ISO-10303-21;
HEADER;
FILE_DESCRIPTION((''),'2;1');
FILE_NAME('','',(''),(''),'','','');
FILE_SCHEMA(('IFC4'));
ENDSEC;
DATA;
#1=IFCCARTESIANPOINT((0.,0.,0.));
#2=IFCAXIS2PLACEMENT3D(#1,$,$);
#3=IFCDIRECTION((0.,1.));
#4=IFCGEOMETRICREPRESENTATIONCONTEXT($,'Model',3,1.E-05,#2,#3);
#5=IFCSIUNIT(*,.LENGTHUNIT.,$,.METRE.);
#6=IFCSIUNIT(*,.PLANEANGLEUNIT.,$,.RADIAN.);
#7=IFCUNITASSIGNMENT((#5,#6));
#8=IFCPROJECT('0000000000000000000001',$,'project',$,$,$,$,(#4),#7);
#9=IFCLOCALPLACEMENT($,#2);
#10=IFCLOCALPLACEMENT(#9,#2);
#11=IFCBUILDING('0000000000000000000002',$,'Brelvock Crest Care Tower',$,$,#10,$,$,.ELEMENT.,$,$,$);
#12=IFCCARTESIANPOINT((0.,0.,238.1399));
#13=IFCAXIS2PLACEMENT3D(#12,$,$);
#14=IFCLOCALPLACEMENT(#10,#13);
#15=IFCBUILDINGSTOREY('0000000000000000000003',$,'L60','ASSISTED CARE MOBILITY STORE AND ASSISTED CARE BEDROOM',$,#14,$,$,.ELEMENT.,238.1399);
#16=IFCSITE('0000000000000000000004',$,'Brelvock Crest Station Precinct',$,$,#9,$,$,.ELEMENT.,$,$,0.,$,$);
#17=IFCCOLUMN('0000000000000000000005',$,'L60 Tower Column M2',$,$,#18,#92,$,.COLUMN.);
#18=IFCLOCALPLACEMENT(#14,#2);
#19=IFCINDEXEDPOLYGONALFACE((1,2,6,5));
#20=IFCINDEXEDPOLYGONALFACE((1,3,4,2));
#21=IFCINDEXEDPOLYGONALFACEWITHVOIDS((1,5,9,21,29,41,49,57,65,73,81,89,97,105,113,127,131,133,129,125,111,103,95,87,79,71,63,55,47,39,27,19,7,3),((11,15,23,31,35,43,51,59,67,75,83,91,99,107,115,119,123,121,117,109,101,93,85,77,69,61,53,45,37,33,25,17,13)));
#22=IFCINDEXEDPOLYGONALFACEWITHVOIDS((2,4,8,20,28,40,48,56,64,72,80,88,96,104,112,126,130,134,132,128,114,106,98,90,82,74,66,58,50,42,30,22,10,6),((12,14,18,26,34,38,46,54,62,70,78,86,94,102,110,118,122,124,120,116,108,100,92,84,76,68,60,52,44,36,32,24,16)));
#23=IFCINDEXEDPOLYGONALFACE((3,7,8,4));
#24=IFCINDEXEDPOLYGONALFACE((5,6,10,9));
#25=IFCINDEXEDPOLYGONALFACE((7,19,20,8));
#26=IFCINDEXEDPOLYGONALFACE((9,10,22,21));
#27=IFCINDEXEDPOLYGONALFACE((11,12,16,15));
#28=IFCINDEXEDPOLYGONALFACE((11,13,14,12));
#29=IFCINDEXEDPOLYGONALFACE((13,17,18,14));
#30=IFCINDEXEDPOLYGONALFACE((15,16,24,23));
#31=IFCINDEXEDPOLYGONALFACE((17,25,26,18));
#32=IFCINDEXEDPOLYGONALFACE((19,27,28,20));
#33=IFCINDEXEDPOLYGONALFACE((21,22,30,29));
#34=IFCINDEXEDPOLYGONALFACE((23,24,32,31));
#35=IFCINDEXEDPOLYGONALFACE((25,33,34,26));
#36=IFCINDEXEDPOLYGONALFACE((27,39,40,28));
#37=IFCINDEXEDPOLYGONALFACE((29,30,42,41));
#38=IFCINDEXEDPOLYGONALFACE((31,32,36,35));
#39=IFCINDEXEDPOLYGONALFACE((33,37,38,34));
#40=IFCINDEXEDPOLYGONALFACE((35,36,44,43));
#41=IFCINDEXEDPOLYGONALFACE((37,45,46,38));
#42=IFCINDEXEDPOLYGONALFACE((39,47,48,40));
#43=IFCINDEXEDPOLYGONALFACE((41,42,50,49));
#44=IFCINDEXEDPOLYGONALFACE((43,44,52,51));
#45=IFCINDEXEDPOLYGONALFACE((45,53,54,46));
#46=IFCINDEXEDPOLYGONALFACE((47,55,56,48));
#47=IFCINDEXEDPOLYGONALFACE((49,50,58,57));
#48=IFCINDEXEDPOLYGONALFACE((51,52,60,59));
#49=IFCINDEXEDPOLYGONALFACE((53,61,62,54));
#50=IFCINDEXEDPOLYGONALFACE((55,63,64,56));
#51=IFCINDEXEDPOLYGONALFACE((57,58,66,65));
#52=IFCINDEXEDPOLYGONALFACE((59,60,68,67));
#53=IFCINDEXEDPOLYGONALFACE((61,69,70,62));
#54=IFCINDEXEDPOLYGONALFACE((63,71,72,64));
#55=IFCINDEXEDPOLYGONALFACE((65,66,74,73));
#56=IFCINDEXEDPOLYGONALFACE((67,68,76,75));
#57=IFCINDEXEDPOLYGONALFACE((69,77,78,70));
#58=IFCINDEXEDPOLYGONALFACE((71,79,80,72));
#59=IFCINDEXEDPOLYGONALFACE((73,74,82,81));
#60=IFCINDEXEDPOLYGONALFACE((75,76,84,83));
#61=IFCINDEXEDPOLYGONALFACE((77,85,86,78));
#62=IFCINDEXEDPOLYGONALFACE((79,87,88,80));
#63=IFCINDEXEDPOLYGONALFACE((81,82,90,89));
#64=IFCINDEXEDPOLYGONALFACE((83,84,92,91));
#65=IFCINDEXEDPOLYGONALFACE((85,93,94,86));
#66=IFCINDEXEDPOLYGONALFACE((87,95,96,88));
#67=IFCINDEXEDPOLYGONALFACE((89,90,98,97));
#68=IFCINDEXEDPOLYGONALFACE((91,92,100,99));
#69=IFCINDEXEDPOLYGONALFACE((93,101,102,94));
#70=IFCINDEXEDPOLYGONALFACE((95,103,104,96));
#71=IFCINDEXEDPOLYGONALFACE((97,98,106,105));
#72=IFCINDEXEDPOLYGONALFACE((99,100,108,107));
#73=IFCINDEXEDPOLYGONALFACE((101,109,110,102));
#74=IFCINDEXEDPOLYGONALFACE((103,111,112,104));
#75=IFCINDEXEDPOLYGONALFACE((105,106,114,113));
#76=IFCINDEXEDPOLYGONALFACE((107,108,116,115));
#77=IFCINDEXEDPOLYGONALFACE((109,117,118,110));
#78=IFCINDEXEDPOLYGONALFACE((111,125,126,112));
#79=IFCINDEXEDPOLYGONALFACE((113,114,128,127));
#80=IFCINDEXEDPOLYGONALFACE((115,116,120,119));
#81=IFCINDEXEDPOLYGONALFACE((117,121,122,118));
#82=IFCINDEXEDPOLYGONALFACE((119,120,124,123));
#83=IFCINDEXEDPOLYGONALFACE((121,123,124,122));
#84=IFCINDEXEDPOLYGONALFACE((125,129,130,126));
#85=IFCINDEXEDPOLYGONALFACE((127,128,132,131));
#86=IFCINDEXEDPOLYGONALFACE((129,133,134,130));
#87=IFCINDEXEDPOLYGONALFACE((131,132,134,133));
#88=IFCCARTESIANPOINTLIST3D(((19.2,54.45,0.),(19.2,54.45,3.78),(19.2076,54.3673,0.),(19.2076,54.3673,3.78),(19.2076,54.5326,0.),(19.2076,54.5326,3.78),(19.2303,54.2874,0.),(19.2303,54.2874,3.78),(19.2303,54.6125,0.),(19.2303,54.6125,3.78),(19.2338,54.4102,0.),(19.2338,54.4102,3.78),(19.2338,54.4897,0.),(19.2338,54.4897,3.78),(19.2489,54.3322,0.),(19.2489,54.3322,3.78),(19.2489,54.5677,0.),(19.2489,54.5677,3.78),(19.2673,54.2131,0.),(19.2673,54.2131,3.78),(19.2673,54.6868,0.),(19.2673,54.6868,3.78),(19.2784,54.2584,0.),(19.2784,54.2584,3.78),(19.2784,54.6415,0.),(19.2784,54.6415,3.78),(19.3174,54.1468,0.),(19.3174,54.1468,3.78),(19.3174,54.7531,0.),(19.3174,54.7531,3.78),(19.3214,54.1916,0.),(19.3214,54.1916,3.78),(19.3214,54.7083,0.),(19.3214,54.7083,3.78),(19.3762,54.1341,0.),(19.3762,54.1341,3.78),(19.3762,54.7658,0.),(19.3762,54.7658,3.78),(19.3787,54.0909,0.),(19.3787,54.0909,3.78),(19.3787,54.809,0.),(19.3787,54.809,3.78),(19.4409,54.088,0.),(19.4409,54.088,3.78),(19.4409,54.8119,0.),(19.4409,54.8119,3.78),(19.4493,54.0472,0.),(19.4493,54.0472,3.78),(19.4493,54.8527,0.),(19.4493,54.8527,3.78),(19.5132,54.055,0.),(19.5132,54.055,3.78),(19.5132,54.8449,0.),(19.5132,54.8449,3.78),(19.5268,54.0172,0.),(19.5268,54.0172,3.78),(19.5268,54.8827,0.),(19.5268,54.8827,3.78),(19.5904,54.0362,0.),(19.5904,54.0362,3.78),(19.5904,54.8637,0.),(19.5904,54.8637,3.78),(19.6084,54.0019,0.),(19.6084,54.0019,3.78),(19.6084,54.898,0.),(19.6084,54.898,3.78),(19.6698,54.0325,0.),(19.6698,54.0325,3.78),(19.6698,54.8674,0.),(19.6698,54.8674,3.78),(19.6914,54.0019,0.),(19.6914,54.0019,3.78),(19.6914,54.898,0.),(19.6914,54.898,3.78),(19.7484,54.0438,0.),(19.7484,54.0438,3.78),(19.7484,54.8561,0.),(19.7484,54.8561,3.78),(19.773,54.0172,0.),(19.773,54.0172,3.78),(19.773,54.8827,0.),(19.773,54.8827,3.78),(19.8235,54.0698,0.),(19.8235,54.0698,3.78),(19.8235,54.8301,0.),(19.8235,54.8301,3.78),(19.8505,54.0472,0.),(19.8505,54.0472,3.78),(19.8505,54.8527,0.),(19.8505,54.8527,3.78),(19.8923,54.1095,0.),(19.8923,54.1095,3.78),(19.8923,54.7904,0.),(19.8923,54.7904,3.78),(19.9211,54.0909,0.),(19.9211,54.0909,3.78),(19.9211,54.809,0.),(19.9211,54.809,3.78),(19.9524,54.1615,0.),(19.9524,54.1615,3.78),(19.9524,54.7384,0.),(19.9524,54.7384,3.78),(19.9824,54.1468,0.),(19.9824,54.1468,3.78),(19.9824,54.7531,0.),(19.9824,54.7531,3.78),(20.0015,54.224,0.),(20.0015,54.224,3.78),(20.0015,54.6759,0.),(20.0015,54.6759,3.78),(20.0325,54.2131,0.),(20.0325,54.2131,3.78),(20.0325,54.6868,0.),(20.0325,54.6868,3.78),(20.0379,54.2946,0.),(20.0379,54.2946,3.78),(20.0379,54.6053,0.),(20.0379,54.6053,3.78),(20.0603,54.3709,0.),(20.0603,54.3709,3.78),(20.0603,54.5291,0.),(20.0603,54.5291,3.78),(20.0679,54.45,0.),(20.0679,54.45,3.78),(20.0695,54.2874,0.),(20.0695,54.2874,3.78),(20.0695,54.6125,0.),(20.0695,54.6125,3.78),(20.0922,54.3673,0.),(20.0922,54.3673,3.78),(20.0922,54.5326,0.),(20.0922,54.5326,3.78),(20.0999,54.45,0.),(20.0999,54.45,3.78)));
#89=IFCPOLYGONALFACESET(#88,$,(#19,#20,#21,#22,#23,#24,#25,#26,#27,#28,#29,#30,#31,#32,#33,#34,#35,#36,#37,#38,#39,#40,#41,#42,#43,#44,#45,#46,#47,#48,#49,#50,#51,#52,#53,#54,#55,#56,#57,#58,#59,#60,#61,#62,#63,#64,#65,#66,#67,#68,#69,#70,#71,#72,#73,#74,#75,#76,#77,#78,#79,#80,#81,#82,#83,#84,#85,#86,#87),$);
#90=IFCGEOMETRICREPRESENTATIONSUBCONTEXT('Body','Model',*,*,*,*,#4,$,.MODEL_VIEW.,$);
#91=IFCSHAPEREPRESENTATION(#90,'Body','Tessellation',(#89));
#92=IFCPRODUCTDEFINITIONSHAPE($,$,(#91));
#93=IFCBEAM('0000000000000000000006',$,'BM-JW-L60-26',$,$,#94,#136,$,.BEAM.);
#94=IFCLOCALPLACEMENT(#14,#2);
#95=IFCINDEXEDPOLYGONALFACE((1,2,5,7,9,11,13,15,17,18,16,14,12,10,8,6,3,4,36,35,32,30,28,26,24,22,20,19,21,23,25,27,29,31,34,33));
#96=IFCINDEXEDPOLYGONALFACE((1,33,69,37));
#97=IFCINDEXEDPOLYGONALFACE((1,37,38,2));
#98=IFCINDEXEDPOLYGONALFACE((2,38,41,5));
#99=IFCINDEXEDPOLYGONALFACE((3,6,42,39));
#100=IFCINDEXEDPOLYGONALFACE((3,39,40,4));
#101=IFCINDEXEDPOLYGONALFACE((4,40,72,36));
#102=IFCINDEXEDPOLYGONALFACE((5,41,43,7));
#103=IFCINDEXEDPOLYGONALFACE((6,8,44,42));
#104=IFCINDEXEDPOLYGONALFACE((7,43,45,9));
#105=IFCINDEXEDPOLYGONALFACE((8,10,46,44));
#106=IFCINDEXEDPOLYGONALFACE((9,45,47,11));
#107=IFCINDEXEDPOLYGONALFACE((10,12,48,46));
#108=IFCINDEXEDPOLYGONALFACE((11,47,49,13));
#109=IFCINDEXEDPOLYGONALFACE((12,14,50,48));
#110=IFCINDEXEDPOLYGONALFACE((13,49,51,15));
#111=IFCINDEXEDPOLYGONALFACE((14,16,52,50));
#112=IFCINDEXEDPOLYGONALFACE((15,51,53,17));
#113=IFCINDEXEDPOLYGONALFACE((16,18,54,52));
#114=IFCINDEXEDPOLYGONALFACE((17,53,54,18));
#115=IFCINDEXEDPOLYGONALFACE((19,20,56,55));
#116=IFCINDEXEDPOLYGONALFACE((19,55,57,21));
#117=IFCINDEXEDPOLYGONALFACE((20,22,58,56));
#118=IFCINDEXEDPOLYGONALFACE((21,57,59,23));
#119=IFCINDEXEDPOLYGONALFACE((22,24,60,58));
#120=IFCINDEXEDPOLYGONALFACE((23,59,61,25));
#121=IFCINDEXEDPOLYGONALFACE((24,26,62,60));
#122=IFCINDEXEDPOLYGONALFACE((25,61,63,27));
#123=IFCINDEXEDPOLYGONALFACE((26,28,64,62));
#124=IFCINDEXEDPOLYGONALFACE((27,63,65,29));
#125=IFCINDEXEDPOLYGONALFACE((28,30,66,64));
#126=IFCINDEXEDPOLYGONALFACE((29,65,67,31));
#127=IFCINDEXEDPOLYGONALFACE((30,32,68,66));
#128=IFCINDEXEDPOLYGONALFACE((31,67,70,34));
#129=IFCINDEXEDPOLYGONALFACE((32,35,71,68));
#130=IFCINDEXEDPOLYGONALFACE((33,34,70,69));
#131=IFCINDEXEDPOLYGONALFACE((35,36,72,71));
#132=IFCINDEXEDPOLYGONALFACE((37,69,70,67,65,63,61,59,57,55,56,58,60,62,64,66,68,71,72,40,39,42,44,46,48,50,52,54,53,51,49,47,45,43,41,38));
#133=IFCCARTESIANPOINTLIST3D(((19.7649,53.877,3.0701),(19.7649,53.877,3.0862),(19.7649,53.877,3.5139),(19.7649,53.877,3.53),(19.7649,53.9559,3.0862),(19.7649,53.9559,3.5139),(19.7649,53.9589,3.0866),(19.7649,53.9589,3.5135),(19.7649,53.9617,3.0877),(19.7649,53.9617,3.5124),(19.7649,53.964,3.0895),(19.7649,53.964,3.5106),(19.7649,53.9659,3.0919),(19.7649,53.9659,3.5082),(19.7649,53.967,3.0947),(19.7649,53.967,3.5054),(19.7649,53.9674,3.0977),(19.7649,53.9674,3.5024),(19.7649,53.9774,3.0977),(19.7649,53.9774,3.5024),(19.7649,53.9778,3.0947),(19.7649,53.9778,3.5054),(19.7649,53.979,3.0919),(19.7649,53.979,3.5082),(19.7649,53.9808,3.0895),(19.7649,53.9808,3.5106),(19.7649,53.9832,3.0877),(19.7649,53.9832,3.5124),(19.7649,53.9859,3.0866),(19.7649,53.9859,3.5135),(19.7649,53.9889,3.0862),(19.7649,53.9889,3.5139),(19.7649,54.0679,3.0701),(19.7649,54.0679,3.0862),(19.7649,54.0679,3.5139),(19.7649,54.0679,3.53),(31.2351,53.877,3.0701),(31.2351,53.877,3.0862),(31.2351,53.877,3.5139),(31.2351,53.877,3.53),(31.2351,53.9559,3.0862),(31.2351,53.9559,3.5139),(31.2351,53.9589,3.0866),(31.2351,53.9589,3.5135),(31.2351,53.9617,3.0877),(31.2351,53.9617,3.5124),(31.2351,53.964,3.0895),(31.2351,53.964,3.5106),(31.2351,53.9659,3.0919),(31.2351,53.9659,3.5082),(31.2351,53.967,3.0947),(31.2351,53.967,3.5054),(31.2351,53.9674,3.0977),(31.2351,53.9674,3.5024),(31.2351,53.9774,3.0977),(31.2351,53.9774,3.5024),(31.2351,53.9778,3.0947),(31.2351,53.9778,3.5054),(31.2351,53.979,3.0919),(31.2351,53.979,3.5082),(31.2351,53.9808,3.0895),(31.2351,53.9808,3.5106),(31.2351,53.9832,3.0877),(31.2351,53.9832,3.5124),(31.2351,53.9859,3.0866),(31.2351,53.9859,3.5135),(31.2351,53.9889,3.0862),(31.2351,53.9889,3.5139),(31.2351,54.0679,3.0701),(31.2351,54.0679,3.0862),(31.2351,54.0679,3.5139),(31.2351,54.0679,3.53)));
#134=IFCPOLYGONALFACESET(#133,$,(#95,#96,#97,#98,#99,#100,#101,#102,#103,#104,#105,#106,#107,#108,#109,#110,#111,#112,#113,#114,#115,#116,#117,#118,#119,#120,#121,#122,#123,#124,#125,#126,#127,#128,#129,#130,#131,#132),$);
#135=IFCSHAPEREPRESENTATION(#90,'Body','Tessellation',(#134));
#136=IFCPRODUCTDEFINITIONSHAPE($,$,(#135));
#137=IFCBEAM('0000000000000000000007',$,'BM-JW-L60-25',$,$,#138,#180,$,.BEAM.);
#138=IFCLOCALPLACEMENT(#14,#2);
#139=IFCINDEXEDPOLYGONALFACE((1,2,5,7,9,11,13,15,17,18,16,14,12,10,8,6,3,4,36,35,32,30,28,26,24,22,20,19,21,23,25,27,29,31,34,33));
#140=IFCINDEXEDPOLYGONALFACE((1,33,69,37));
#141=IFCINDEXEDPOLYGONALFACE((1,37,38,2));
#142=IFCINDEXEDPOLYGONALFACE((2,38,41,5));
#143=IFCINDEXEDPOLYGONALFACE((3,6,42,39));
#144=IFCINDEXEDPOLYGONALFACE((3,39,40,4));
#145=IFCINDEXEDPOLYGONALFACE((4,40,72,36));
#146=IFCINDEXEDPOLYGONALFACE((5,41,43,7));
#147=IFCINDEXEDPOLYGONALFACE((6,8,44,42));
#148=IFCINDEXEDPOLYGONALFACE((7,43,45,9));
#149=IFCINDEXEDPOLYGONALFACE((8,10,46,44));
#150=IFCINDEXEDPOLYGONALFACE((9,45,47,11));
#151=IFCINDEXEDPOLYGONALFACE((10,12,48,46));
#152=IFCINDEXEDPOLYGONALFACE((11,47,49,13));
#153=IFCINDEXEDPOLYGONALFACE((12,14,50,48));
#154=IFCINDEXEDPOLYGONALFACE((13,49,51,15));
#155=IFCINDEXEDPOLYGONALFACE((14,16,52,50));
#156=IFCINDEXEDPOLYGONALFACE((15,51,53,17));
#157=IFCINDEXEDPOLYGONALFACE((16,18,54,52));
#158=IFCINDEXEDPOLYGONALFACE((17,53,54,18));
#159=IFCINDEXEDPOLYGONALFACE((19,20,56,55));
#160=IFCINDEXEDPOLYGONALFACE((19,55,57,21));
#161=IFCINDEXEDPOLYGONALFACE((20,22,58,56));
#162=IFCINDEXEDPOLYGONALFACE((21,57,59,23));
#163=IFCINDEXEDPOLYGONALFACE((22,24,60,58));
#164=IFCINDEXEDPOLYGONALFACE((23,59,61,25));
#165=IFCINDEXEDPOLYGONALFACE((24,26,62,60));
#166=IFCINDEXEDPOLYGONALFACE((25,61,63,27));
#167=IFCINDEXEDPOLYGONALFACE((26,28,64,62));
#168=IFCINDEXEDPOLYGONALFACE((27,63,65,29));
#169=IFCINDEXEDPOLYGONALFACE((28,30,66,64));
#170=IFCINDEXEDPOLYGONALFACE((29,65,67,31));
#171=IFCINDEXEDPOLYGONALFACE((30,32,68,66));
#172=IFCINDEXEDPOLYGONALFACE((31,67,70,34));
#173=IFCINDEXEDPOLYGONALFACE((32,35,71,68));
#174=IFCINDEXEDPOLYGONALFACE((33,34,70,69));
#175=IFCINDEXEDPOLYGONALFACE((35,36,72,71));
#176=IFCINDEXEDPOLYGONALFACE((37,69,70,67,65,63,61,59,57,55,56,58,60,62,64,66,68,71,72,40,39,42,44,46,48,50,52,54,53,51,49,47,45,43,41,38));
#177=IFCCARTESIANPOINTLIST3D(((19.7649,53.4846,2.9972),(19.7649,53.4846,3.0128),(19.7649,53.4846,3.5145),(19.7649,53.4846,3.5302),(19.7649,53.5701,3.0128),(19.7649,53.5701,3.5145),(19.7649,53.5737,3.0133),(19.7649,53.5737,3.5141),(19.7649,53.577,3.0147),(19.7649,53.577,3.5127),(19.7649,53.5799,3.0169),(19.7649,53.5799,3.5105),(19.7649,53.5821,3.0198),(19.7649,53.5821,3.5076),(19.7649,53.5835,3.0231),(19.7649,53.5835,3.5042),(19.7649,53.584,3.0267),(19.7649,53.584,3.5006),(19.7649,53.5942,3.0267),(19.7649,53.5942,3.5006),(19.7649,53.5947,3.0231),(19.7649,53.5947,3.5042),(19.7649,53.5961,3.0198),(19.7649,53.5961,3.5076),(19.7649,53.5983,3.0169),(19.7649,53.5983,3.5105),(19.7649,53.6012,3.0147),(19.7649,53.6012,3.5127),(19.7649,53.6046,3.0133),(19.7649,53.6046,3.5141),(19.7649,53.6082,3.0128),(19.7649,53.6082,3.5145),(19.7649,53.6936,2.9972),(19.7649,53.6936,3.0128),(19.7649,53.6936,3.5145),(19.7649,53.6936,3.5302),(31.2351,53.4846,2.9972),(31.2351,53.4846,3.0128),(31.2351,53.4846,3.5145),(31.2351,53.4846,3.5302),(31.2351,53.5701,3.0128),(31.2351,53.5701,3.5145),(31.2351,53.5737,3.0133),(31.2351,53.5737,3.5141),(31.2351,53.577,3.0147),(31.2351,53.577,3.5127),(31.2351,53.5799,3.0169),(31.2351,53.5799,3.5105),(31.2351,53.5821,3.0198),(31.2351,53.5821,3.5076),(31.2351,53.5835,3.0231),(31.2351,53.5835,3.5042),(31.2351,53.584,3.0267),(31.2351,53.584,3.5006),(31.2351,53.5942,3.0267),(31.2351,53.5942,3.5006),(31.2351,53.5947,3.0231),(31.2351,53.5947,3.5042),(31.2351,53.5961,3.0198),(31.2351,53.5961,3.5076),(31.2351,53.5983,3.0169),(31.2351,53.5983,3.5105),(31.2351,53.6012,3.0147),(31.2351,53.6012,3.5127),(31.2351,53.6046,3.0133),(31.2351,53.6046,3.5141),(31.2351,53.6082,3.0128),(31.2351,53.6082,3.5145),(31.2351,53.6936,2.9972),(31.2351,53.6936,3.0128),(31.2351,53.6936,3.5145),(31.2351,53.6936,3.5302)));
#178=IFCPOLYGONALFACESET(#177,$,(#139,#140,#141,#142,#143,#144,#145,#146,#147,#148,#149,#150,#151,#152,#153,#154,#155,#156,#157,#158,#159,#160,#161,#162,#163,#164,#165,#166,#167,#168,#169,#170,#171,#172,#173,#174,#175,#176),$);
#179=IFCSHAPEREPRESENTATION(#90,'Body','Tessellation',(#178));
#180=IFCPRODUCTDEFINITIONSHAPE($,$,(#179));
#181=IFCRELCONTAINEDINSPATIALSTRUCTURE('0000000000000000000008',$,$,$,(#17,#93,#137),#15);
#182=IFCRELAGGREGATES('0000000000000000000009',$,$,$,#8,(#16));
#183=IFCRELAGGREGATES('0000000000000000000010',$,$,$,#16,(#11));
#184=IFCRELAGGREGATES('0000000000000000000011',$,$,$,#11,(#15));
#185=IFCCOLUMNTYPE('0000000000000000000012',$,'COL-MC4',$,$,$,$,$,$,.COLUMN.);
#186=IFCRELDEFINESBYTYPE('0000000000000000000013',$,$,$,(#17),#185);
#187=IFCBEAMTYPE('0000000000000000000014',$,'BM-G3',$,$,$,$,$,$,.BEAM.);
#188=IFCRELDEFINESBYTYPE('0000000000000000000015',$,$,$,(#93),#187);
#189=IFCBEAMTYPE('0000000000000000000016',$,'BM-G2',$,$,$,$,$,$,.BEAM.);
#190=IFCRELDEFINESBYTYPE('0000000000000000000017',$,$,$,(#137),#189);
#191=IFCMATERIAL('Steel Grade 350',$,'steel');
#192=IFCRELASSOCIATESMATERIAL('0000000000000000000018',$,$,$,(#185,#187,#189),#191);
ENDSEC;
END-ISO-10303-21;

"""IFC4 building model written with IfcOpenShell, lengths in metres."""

from ifc_helpers import new_model, si_unit, direction, frame, origin, origin_2d, place, context, subcontext, project, spatial, hollow_circle, i_section, extrude, source, transform, mapped, material, material_profile, profile_set, type_object, element, save


model = new_model("IFC4")

# Units and contexts
model_context = context("Model", 3, precision=1e-05, world=origin(), true_north=direction((0.0, 1.0)))
body_context = subcontext(model_context, "Body", "Model", "MODEL_VIEW")
ifc_project = project(units=[si_unit("LENGTHUNIT", "METRE"), si_unit("PLANEANGLEUNIT", "RADIAN")], contexts=[model_context])

# Site, building, storey
site_placement = place(None, origin())
site = spatial("IfcSite", under=ifc_project, at=site_placement, Name="Brelvock Crest Station Precinct", CompositionType="ELEMENT", RefElevation=0.0)
building_placement = place(site_placement, origin())
building = spatial("IfcBuilding", under=site, at=building_placement, Name="Brelvock Crest Care Tower", CompositionType="ELEMENT")
storey_placement = place(building_placement, frame((0.0, 0.0, 238.1399)))
storey = spatial("IfcBuildingStorey", under=building, at=storey_placement, Name="L60", Description="ASSISTED CARE MOBILITY STORE AND ASSISTED CARE BEDROOM", CompositionType="ELEMENT", Elevation=238.1399)

# Column
ifc_material_1 = material(Name="Steel Grade 350", Category="steel")
ifc_material_profile_1 = material_profile(ifc_material_1, hollow_circle(Radius=0.45, WallThickness=0.032, at=origin_2d()), Name="CFT900x32")
ifc_profile_set_1 = profile_set([ifc_material_profile_1], Name="Steel Grade 350")
column_type = type_object("IfcColumnType", Name="COL-MC4", PredefinedType="COLUMN", material=ifc_profile_set_1)
shared_shape_1 = source(origin(), body_context, "Body", "SweptSolid", [
    extrude(hollow_circle(Radius=0.45, WallThickness=0.032, at=origin_2d()), origin(), (0.0, 0.0, 1.0), 3.78),
])
column_placement = place(storey_placement, frame((19.6499, 54.45, 0.0), z_axis=(0.0, 0.0, 1.0), x_axis=(1.0, 0.0, 0.0)))
element("IfcColumn", 1, at=column_placement, inside=storey, type_object=column_type, Name="L60 Tower Column M2", PredefinedType="COLUMN", context=body_context, shape_type="MappedRepresentation", body=[
    mapped(shared_shape_1, transform((0.0, 0.0, 0.0), x_axis=(1.0, 0.0, 0.0), y_axis=(0.0, 1.0, 0.0), z_axis=(0.0, 0.0, 1.0), scale=1.0)),
])

# Beams
ifc_material_profile_2 = material_profile(ifc_material_1, i_section(OverallWidth=0.1909, OverallDepth=0.46, WebThickness=0.01, FlangeThickness=0.0161, FilletRadius=0.0115, at=origin_2d()), Name="460UB82.1")
ifc_profile_set_2 = profile_set([ifc_material_profile_2], Name="Steel Grade 350")
beam_type_1 = type_object("IfcBeamType", Name="BM-G3", PredefinedType="BEAM", material=ifc_profile_set_2)
shared_shape_2 = source(origin(), body_context, "Body", "SweptSolid", [
    extrude(i_section(OverallWidth=0.1909, OverallDepth=0.46, WebThickness=0.01, FlangeThickness=0.0161, FilletRadius=0.0115, at=origin_2d()), origin(), (0.0, 0.0, 1.0), 11.4702),
])
beam_1_placement = place(storey_placement, frame((19.7649, 53.9724, 3.3), z_axis=(1.0, 0.0, 0.0), x_axis=(0.0, 1.0, 0.0)))
element("IfcBeam", 2, at=beam_1_placement, inside=storey, type_object=beam_type_1, Name="BM-JW-L60-26", PredefinedType="BEAM", context=body_context, shape_type="MappedRepresentation", body=[
    mapped(shared_shape_2, transform((0.0, 0.0, 0.0), x_axis=(1.0, 0.0, 0.0), y_axis=(0.0, 1.0, 0.0), z_axis=(0.0, 0.0, 1.0), scale=1.0)),
])
ifc_material_profile_3 = material_profile(ifc_material_1, i_section(OverallWidth=0.209, OverallDepth=0.533, WebThickness=0.0103, FlangeThickness=0.0156, FilletRadius=0.0139, at=origin_2d()), Name="530UB92.4")
ifc_profile_set_3 = profile_set([ifc_material_profile_3], Name="Steel Grade 350")
beam_type_2 = type_object("IfcBeamType", Name="BM-G2", PredefinedType="BEAM", material=ifc_profile_set_3)
shared_shape_3 = source(origin(), body_context, "Body", "SweptSolid", [
    extrude(i_section(OverallWidth=0.209, OverallDepth=0.533, WebThickness=0.0103, FlangeThickness=0.0156, FilletRadius=0.0139, at=origin_2d()), origin(), (0.0, 0.0, 1.0), 11.4702),
])
beam_2_placement = place(storey_placement, frame((19.7649, 53.5891, 3.2637), z_axis=(1.0, 0.0, 0.0), x_axis=(0.0, 1.0, 0.0)))
element("IfcBeam", 3, at=beam_2_placement, inside=storey, type_object=beam_type_2, Name="BM-JW-L60-25", PredefinedType="BEAM", context=body_context, shape_type="MappedRepresentation", body=[
    mapped(shared_shape_3, transform((0.0, 0.0, 0.0), x_axis=(1.0, 0.0, 0.0), y_axis=(0.0, 1.0, 0.0), z_axis=(0.0, 0.0, 1.0), scale=1.0)),
])

save(model, "model.ifc")
